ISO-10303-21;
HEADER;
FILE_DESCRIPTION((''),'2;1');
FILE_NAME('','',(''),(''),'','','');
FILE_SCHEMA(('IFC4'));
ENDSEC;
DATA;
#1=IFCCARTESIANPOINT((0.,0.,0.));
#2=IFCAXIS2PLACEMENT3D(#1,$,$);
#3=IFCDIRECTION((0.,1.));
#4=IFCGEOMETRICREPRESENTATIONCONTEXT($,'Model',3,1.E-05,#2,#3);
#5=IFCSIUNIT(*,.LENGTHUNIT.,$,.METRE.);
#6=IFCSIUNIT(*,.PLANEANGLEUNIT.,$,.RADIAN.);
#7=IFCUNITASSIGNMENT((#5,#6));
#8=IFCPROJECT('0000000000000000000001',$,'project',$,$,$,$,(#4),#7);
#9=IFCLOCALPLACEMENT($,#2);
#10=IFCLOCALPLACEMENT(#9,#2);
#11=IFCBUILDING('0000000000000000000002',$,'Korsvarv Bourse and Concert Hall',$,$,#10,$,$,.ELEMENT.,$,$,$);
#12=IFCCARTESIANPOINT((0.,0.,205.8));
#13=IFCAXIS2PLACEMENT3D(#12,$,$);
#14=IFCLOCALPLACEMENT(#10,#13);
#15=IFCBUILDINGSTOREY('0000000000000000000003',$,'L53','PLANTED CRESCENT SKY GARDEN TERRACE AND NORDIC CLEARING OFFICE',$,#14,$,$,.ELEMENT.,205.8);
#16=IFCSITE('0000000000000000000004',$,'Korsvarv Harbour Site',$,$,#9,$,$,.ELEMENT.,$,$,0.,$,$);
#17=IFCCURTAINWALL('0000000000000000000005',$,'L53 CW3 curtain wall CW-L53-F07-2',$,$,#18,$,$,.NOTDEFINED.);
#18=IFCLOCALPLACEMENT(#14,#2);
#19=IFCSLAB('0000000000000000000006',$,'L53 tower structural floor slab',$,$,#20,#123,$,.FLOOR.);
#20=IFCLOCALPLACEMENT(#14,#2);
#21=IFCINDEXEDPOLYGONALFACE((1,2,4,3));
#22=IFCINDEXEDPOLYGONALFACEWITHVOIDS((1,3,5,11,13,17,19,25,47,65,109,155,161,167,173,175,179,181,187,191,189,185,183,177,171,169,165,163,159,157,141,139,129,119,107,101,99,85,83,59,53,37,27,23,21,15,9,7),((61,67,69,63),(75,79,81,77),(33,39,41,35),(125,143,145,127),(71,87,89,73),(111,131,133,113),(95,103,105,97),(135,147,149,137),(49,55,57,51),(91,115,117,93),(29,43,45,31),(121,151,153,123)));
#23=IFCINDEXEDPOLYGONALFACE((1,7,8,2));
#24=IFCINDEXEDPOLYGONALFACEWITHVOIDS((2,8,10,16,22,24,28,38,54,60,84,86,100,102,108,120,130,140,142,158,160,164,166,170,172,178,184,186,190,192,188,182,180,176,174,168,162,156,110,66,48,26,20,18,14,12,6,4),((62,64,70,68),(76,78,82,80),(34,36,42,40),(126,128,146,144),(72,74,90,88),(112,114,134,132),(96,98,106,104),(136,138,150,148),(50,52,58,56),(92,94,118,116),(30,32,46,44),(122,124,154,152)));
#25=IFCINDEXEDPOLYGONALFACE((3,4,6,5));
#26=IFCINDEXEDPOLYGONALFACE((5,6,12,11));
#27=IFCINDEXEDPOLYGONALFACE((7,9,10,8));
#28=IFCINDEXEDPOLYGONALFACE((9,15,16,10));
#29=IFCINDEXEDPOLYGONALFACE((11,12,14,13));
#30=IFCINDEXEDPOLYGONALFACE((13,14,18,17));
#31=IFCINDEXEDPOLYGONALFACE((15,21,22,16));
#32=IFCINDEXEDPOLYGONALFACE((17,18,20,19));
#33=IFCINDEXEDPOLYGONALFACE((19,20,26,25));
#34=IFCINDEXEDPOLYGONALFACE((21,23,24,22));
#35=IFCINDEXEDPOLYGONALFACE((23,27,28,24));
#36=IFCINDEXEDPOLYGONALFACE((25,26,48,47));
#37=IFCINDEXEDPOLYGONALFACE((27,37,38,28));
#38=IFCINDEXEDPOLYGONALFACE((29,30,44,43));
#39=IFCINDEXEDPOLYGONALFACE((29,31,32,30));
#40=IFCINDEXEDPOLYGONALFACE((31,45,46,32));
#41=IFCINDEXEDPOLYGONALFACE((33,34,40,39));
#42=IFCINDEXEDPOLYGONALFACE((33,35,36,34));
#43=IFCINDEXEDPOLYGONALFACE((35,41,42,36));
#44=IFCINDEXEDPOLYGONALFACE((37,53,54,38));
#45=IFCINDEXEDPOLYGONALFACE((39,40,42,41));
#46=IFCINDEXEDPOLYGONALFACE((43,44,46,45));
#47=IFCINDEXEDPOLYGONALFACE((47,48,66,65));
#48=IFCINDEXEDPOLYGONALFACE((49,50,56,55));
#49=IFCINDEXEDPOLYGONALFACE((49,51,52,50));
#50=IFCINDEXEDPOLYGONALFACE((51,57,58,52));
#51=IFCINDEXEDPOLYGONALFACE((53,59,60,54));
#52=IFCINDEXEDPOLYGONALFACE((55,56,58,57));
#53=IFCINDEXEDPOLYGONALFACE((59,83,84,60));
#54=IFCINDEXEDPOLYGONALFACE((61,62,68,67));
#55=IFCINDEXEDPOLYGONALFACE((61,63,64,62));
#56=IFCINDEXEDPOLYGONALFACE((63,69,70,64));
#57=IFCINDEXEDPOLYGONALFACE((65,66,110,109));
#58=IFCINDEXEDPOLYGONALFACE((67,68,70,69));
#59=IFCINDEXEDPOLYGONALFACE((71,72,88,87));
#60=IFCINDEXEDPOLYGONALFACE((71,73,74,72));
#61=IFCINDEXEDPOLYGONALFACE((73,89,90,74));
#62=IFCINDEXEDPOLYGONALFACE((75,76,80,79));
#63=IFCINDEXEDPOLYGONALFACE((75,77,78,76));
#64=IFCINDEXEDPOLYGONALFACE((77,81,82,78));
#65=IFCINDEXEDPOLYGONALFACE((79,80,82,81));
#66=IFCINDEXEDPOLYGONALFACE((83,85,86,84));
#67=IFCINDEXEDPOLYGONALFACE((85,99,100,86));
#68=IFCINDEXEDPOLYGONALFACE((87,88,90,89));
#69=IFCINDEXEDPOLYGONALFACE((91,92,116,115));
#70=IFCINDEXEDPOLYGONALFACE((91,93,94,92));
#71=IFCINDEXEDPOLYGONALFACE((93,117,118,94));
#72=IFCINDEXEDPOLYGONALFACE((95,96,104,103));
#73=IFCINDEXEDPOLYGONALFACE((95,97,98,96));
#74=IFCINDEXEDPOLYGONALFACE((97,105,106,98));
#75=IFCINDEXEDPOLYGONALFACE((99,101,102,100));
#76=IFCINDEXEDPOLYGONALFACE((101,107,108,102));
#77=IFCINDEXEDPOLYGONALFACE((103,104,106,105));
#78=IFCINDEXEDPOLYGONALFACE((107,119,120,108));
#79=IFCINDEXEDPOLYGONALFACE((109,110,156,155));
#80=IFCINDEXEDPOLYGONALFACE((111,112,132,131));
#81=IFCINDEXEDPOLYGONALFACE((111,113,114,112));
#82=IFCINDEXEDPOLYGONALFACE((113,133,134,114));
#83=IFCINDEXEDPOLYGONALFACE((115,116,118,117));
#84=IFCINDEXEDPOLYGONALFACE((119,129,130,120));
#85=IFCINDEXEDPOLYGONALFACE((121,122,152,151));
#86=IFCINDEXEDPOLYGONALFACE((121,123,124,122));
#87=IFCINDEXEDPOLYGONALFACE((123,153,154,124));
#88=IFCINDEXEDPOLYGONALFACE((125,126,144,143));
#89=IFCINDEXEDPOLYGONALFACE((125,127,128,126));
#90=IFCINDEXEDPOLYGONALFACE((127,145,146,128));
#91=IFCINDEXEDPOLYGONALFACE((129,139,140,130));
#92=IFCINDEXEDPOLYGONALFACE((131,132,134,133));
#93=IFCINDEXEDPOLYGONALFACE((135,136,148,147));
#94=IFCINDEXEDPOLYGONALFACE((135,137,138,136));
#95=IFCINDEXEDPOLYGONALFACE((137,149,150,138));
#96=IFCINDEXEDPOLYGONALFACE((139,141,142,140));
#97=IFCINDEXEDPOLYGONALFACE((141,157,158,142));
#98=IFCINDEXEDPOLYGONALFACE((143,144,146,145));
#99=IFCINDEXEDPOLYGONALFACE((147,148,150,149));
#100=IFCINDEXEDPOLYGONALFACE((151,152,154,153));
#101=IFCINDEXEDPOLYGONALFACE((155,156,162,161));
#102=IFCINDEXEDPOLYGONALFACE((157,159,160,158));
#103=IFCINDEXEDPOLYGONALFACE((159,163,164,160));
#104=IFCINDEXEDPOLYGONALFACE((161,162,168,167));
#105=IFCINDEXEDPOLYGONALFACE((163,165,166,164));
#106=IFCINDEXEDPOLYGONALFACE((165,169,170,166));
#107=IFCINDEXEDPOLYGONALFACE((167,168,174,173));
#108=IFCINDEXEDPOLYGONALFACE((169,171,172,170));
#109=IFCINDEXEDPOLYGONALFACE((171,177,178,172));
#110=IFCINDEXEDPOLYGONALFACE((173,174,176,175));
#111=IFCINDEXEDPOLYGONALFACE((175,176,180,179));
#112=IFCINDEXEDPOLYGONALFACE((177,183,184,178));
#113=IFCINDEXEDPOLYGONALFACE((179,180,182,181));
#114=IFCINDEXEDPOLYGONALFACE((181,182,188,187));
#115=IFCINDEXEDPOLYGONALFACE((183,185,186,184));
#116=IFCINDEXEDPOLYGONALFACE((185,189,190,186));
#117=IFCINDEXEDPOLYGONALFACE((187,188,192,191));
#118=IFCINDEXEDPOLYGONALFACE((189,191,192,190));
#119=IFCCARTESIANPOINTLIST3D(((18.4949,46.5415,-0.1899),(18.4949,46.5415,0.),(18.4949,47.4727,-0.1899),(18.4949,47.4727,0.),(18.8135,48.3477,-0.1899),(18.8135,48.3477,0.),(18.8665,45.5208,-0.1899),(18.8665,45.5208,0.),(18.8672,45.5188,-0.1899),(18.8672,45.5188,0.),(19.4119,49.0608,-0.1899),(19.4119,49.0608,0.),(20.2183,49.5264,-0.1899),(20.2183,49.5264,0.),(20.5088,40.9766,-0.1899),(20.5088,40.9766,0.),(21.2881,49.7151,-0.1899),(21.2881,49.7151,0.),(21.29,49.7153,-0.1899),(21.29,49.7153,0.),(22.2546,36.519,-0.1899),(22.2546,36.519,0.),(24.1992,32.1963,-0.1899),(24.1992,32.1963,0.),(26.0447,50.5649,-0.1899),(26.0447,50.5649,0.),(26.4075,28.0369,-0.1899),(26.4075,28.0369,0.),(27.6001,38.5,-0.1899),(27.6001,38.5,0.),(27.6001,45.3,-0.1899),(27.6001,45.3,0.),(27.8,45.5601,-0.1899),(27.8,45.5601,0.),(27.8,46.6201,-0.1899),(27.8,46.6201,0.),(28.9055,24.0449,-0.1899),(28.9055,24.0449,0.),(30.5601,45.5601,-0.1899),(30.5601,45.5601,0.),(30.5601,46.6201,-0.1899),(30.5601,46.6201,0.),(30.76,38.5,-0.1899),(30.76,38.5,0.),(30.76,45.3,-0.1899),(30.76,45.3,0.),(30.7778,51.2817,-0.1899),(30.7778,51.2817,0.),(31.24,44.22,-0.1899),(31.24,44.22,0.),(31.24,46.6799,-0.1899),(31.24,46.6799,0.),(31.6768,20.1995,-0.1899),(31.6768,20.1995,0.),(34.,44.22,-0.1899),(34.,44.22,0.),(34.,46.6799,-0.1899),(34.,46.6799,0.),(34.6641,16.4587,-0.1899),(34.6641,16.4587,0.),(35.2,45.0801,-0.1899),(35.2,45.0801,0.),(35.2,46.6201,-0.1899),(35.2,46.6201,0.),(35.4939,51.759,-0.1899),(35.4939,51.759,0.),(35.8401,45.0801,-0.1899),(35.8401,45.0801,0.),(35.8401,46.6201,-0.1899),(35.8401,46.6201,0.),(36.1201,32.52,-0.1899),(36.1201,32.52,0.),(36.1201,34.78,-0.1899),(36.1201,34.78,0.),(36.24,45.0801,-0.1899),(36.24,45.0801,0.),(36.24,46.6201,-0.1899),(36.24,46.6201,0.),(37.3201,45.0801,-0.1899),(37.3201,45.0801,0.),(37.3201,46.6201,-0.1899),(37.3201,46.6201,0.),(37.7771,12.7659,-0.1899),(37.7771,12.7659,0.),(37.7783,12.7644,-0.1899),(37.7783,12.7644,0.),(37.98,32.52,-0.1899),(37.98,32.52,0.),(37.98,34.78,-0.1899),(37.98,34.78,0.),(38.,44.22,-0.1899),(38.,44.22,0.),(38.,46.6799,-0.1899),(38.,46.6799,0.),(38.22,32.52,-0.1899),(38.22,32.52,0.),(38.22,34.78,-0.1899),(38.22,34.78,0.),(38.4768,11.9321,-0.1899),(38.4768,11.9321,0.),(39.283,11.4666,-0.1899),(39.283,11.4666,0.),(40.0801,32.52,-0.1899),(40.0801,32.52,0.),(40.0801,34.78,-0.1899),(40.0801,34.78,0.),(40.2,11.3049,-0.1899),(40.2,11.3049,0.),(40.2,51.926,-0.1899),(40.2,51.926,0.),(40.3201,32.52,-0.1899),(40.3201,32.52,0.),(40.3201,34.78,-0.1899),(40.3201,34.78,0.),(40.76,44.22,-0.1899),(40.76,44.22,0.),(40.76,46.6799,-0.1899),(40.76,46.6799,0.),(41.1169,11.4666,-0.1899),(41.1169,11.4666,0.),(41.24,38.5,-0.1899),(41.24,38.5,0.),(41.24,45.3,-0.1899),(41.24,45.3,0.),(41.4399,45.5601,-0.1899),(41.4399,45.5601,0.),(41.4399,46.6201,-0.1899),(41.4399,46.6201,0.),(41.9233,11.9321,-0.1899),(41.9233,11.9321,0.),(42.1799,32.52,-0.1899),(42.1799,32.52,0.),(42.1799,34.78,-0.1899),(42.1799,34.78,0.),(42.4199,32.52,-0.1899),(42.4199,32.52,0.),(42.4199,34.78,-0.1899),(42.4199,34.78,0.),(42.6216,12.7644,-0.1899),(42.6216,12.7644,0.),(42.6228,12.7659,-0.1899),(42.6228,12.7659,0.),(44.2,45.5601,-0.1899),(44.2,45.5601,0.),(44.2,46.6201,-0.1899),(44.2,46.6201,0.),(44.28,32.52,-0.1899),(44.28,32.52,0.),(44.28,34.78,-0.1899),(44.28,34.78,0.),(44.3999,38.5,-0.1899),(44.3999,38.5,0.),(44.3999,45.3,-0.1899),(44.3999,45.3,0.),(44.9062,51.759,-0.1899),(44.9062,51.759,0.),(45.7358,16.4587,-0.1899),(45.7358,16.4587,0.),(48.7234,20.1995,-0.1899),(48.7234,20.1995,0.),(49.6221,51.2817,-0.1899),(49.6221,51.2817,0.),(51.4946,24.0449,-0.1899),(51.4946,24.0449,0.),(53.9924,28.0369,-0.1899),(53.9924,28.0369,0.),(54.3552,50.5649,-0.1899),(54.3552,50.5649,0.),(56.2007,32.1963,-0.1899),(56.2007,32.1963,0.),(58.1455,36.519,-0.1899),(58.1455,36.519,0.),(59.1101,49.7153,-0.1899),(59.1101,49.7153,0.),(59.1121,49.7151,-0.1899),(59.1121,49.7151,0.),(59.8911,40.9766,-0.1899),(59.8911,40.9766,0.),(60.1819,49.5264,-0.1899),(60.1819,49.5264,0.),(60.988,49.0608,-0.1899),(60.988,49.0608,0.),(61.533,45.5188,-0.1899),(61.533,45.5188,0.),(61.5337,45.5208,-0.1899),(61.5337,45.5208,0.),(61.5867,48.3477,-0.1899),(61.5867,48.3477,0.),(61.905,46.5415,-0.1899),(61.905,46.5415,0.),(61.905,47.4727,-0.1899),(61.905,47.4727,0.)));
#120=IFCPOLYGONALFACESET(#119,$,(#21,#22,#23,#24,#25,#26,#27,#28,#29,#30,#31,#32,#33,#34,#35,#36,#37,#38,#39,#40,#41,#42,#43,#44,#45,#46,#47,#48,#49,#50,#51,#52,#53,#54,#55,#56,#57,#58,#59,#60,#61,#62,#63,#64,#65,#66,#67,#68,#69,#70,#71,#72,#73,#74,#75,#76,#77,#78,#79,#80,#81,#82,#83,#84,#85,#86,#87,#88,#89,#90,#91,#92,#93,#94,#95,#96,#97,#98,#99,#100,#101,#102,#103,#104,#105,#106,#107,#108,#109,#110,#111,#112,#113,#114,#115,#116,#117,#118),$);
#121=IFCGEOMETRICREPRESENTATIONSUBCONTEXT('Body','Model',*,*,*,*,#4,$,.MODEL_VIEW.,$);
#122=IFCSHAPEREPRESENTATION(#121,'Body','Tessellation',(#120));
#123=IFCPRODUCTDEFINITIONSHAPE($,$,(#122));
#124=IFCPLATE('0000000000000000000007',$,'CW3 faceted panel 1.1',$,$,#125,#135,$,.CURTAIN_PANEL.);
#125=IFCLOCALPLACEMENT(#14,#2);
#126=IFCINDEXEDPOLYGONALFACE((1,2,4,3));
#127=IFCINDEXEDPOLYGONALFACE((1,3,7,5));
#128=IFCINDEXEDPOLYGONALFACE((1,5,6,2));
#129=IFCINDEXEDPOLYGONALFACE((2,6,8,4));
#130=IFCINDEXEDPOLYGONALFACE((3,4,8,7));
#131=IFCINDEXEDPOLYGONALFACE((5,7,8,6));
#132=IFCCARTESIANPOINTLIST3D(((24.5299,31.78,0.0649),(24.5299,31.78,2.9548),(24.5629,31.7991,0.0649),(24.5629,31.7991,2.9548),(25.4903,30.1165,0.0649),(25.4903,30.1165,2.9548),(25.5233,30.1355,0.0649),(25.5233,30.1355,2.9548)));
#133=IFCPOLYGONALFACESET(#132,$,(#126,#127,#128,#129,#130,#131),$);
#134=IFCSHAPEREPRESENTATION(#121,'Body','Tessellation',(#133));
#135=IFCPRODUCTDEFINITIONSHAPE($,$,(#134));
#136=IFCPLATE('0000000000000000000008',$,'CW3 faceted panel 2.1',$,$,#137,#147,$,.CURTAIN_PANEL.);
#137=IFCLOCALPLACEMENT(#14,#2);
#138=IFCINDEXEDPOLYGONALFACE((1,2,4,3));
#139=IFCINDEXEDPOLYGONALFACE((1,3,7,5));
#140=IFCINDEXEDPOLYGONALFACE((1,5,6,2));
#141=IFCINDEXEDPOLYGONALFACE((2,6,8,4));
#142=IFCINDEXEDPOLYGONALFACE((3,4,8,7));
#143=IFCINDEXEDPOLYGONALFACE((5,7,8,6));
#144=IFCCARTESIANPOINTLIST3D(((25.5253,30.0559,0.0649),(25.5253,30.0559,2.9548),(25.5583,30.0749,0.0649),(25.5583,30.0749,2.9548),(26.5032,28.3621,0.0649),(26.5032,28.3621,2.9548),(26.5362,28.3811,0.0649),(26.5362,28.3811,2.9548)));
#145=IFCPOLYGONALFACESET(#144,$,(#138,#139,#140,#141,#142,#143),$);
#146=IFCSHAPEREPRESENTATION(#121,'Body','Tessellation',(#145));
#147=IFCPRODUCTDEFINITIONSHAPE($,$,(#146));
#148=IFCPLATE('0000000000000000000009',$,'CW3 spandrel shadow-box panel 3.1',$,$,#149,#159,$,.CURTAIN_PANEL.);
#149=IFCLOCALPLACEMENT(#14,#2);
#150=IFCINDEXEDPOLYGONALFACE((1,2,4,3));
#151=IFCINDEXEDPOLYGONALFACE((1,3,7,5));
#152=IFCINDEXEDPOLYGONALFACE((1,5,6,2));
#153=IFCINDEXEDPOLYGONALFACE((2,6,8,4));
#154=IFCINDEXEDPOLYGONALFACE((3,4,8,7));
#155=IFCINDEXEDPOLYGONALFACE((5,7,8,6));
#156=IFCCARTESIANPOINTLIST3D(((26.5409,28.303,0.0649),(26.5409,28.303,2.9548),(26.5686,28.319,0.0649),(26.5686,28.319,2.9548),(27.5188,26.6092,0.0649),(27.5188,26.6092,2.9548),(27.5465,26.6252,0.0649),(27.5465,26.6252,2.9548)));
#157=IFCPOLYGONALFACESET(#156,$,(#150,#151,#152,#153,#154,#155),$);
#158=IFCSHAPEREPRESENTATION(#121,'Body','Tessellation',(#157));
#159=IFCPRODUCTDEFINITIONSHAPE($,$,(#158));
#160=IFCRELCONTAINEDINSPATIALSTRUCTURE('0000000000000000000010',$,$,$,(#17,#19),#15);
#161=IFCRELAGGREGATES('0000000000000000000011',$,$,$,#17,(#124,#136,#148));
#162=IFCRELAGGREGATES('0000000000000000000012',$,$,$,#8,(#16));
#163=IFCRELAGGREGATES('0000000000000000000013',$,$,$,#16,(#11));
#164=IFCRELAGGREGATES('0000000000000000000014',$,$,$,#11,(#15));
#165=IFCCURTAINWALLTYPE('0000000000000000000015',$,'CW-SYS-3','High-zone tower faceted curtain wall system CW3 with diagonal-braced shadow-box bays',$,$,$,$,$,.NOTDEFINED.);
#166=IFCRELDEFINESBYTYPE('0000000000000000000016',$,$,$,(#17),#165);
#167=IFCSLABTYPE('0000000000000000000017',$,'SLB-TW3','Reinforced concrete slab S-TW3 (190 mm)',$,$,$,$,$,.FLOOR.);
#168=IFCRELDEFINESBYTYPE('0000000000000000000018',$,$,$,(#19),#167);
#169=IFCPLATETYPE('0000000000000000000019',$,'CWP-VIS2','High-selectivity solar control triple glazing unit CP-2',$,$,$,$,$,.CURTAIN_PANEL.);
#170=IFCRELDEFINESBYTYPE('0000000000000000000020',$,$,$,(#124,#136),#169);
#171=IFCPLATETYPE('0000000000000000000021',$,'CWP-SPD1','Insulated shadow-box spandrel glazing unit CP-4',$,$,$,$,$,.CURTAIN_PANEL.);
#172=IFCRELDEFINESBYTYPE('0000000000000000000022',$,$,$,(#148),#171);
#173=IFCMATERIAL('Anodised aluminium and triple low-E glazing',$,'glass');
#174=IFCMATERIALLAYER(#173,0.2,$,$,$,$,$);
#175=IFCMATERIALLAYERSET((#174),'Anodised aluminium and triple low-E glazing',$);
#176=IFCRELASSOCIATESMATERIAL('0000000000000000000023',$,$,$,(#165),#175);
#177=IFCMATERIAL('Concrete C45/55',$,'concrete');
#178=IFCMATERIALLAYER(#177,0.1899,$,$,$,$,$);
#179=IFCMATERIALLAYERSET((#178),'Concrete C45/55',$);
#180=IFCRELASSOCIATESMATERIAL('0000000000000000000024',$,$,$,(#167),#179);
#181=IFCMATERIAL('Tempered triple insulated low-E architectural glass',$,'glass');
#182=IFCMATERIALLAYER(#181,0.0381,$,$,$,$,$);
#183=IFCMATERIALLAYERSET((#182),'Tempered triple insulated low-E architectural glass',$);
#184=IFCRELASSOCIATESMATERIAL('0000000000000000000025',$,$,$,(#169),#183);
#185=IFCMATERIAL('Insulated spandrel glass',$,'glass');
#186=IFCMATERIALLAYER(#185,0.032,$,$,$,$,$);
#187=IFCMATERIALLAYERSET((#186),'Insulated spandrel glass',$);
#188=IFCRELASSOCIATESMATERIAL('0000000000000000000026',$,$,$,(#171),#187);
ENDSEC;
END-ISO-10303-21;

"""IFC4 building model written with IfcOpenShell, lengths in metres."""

from ifc_helpers import new_model, si_unit, direction, frame, origin, origin_2d, place, context, subcontext, project, spatial, polyline, rectangle, outline, extrude, source, transform, mapped, material, layer, layer_set, type_object, element, aggregate, save


model = new_model("IFC4")

# Units and contexts
model_context = context("Model", 3, precision=1e-05, world=origin(), true_north=direction((0.0, 1.0)))
body_context = subcontext(model_context, "Body", "Model", "MODEL_VIEW")
ifc_project = project(units=[si_unit("LENGTHUNIT", "METRE"), si_unit("PLANEANGLEUNIT", "RADIAN")], contexts=[model_context])

# Site, building, storey
site_placement = place(None, origin())
site = spatial("IfcSite", under=ifc_project, at=site_placement, Name="Korsvarv Harbour Site", CompositionType="ELEMENT", RefElevation=0.0)
building_placement = place(site_placement, origin())
building = spatial("IfcBuilding", under=site, at=building_placement, Name="Korsvarv Bourse and Concert Hall", CompositionType="ELEMENT")
storey_placement = place(building_placement, frame((0.0, 0.0, 205.8)))
storey = spatial("IfcBuildingStorey", under=building, at=storey_placement, Name="L53", Description="PLANTED CRESCENT SKY GARDEN TERRACE AND NORDIC CLEARING OFFICE", CompositionType="ELEMENT", Elevation=205.8)

# Curtain wall
ifc_material_1 = material(Name="Anodised aluminium and triple low-E glazing", Category="glass")
ifc_layer_1 = layer(ifc_material_1, 0.2)
ifc_layer_set_1 = layer_set([ifc_layer_1], Name="Anodised aluminium and triple low-E glazing")
curtain_wall_type = type_object("IfcCurtainWallType", Name="CW-SYS-3", Description="High-zone tower faceted curtain wall system CW3 with diagonal-braced shadow-box bays", PredefinedType="NOTDEFINED", material=ifc_layer_set_1)
curtain_wall_placement = place(storey_placement, origin())
curtain_wall = element("IfcCurtainWall", 1, at=curtain_wall_placement, inside=storey, type_object=curtain_wall_type, Name="L53 CW3 curtain wall CW-L53-F07-2", PredefinedType="NOTDEFINED")

# Shared definitions
ifc_material_2 = material(Name="Concrete C45/55", Category="concrete")

# Slab
ifc_layer_2 = layer(ifc_material_2, 0.1899)
ifc_layer_set_2 = layer_set([ifc_layer_2], Name="Concrete C45/55")
slab_type_1 = type_object("IfcSlabType", Name="SLB-TW3", Description="Reinforced concrete slab S-TW3 (190 mm)", PredefinedType="FLOOR", material=ifc_layer_set_2)
slab_1_placement = place(storey_placement, frame((0.0, 0.0, -0.1899)))
element("IfcSlab", 2, at=slab_1_placement, inside=storey, type_object=slab_type_1, Name="L53 tower structural floor slab", PredefinedType="FLOOR", context=body_context, shape_type="SweptSolid", body=[
    extrude(outline(polyline([(61.533, 45.5188), (59.8911, 40.9766), (58.1455, 36.519), (56.2007, 32.1963), (53.9924, 28.0369), (51.4946, 24.0449), (48.7234, 20.1995), (45.7358, 16.4587), (42.6228, 12.7659), (42.6216, 12.7644), (41.9233, 11.9321), (41.1169, 11.4666), (40.2, 11.3049), (39.283, 11.4666), (38.4768, 11.9321), (37.7783, 12.7644), (37.7771, 12.7659), (34.6641, 16.4587), (31.6768, 20.1995), (28.9055, 24.0449), (26.4075, 28.0369), (24.1992, 32.1963), (22.2546, 36.519), (20.5088, 40.9766), (18.8672, 45.5188), (18.8665, 45.5208), (18.4949, 46.5415), (18.4949, 47.4727), (18.8135, 48.3477), (19.4119, 49.0608), (20.2183, 49.5264), (21.2881, 49.7151), (21.29, 49.7153), (26.0447, 50.5649), (30.7778, 51.2817), (35.4939, 51.759), (40.2, 51.926), (44.9062, 51.759), (49.6221, 51.2817), (54.3552, 50.5649), (59.1101, 49.7153), (59.1121, 49.7151), (60.1819, 49.5264), (60.988, 49.0608), (61.5867, 48.3477), (61.905, 47.4727), (61.905, 46.5415), (61.5337, 45.5208), (61.533, 45.5188)]), holes=[polyline([(30.76, 38.5), (30.76, 45.3), (27.6001, 45.3), (27.6001, 38.5), (30.76, 38.5)]), polyline([(44.3999, 38.5), (44.3999, 45.3), (41.24, 45.3), (41.24, 38.5), (44.3999, 38.5)]), polyline([(31.24, 44.22), (34.0, 44.22), (34.0, 46.6799), (31.24, 46.6799), (31.24, 44.22)]), polyline([(38.0, 44.22), (40.76, 44.22), (40.76, 46.6799), (38.0, 46.6799), (38.0, 44.22)]), polyline([(36.1201, 32.52), (37.98, 32.52), (37.98, 34.78), (36.1201, 34.78), (36.1201, 32.52)]), polyline([(38.22, 32.52), (40.0801, 32.52), (40.0801, 34.78), (38.22, 34.78), (38.22, 32.52)]), polyline([(40.3201, 32.52), (42.1799, 32.52), (42.1799, 34.78), (40.3201, 34.78), (40.3201, 32.52)]), polyline([(42.4199, 32.52), (44.28, 32.52), (44.28, 34.78), (42.4199, 34.78), (42.4199, 32.52)]), polyline([(27.8, 45.5601), (30.5601, 45.5601), (30.5601, 46.6201), (27.8, 46.6201), (27.8, 45.5601)]), polyline([(41.4399, 45.5601), (44.2, 45.5601), (44.2, 46.6201), (41.4399, 46.6201), (41.4399, 45.5601)]), polyline([(35.2, 45.0801), (35.8401, 45.0801), (35.8401, 46.6201), (35.2, 46.6201), (35.2, 45.0801)]), polyline([(36.24, 45.0801), (37.3201, 45.0801), (37.3201, 46.6201), (36.24, 46.6201), (36.24, 45.0801)])]), origin(), (0.0, 0.0, 1.0), 0.1899),
])

# Plates
ifc_material_3 = material(Name="Tempered triple insulated low-E architectural glass", Category="glass")
ifc_layer_3 = layer(ifc_material_3, 0.0381)
ifc_layer_set_3 = layer_set([ifc_layer_3], Name="Tempered triple insulated low-E architectural glass")
plate_type_1 = type_object("IfcPlateType", Name="CWP-VIS2", Description="High-selectivity solar control triple glazing unit CP-2", PredefinedType="CURTAIN_PANEL", material=ifc_layer_set_3)
shared_shape_1 = source(origin(), body_context, "Body", "SweptSolid", [
    extrude(rectangle(XDim=1.9209, YDim=0.0381, at=origin_2d()), origin(), (0.0, 0.0, 1.0), 2.8899),
])
plate_1_placement = place(storey_placement, frame((25.0266, 30.9578, 0.0649), z_axis=(0.0, 0.0, 1.0), x_axis=(0.499999, -0.866026, 0.0)))
plate_1 = element("IfcPlate", 3, at=plate_1_placement, type_object=plate_type_1, Name="CW3 faceted panel 1.1", PredefinedType="CURTAIN_PANEL", context=body_context, shape_type="MappedRepresentation", body=[
    mapped(shared_shape_1, transform((0.0, 0.0, 0.0), scale=1.0)),
])
shared_shape_2 = source(origin(), body_context, "Body", "SweptSolid", [
    extrude(rectangle(XDim=1.9558, YDim=0.0381, at=origin_2d()), origin(), (0.0, 0.0, 1.0), 2.8899),
])
plate_2_placement = place(storey_placement, frame((26.0308, 29.2185, 0.0649), z_axis=(0.0, 0.0, 1.0), x_axis=(0.499999, -0.866026, 0.0)))
plate_2 = element("IfcPlate", 4, at=plate_2_placement, type_object=plate_type_1, Name="CW3 faceted panel 2.1", PredefinedType="CURTAIN_PANEL", context=body_context, shape_type="MappedRepresentation", body=[
    mapped(shared_shape_2, transform((0.0, 0.0, 0.0), scale=1.0)),
])
ifc_material_4 = material(Name="Insulated spandrel glass", Category="glass")
ifc_layer_4 = layer(ifc_material_4, 0.032)
ifc_layer_set_4 = layer_set([ifc_layer_4], Name="Insulated spandrel glass")
plate_type_2 = type_object("IfcPlateType", Name="CWP-SPD1", Description="Insulated shadow-box spandrel glazing unit CP-4", PredefinedType="CURTAIN_PANEL", material=ifc_layer_set_4)
shared_shape_3 = source(origin(), body_context, "Body", "SweptSolid", [
    extrude(rectangle(XDim=1.9558, YDim=0.032, at=origin_2d()), origin(), (0.0, 0.0, 1.0), 2.8899),
])
plate_3_placement = place(storey_placement, frame((27.0437, 27.4641, 0.0649), z_axis=(0.0, 0.0, 1.0), x_axis=(0.499999, -0.866026, 0.0)))
plate_3 = element("IfcPlate", 5, at=plate_3_placement, type_object=plate_type_2, Name="CW3 spandrel shadow-box panel 3.1", PredefinedType="CURTAIN_PANEL", context=body_context, shape_type="MappedRepresentation", body=[
    mapped(shared_shape_3, transform((0.0, 0.0, 0.0), scale=1.0)),
])
aggregate(curtain_wall, [plate_1, plate_2, plate_3])

save(model, "model.ifc")
